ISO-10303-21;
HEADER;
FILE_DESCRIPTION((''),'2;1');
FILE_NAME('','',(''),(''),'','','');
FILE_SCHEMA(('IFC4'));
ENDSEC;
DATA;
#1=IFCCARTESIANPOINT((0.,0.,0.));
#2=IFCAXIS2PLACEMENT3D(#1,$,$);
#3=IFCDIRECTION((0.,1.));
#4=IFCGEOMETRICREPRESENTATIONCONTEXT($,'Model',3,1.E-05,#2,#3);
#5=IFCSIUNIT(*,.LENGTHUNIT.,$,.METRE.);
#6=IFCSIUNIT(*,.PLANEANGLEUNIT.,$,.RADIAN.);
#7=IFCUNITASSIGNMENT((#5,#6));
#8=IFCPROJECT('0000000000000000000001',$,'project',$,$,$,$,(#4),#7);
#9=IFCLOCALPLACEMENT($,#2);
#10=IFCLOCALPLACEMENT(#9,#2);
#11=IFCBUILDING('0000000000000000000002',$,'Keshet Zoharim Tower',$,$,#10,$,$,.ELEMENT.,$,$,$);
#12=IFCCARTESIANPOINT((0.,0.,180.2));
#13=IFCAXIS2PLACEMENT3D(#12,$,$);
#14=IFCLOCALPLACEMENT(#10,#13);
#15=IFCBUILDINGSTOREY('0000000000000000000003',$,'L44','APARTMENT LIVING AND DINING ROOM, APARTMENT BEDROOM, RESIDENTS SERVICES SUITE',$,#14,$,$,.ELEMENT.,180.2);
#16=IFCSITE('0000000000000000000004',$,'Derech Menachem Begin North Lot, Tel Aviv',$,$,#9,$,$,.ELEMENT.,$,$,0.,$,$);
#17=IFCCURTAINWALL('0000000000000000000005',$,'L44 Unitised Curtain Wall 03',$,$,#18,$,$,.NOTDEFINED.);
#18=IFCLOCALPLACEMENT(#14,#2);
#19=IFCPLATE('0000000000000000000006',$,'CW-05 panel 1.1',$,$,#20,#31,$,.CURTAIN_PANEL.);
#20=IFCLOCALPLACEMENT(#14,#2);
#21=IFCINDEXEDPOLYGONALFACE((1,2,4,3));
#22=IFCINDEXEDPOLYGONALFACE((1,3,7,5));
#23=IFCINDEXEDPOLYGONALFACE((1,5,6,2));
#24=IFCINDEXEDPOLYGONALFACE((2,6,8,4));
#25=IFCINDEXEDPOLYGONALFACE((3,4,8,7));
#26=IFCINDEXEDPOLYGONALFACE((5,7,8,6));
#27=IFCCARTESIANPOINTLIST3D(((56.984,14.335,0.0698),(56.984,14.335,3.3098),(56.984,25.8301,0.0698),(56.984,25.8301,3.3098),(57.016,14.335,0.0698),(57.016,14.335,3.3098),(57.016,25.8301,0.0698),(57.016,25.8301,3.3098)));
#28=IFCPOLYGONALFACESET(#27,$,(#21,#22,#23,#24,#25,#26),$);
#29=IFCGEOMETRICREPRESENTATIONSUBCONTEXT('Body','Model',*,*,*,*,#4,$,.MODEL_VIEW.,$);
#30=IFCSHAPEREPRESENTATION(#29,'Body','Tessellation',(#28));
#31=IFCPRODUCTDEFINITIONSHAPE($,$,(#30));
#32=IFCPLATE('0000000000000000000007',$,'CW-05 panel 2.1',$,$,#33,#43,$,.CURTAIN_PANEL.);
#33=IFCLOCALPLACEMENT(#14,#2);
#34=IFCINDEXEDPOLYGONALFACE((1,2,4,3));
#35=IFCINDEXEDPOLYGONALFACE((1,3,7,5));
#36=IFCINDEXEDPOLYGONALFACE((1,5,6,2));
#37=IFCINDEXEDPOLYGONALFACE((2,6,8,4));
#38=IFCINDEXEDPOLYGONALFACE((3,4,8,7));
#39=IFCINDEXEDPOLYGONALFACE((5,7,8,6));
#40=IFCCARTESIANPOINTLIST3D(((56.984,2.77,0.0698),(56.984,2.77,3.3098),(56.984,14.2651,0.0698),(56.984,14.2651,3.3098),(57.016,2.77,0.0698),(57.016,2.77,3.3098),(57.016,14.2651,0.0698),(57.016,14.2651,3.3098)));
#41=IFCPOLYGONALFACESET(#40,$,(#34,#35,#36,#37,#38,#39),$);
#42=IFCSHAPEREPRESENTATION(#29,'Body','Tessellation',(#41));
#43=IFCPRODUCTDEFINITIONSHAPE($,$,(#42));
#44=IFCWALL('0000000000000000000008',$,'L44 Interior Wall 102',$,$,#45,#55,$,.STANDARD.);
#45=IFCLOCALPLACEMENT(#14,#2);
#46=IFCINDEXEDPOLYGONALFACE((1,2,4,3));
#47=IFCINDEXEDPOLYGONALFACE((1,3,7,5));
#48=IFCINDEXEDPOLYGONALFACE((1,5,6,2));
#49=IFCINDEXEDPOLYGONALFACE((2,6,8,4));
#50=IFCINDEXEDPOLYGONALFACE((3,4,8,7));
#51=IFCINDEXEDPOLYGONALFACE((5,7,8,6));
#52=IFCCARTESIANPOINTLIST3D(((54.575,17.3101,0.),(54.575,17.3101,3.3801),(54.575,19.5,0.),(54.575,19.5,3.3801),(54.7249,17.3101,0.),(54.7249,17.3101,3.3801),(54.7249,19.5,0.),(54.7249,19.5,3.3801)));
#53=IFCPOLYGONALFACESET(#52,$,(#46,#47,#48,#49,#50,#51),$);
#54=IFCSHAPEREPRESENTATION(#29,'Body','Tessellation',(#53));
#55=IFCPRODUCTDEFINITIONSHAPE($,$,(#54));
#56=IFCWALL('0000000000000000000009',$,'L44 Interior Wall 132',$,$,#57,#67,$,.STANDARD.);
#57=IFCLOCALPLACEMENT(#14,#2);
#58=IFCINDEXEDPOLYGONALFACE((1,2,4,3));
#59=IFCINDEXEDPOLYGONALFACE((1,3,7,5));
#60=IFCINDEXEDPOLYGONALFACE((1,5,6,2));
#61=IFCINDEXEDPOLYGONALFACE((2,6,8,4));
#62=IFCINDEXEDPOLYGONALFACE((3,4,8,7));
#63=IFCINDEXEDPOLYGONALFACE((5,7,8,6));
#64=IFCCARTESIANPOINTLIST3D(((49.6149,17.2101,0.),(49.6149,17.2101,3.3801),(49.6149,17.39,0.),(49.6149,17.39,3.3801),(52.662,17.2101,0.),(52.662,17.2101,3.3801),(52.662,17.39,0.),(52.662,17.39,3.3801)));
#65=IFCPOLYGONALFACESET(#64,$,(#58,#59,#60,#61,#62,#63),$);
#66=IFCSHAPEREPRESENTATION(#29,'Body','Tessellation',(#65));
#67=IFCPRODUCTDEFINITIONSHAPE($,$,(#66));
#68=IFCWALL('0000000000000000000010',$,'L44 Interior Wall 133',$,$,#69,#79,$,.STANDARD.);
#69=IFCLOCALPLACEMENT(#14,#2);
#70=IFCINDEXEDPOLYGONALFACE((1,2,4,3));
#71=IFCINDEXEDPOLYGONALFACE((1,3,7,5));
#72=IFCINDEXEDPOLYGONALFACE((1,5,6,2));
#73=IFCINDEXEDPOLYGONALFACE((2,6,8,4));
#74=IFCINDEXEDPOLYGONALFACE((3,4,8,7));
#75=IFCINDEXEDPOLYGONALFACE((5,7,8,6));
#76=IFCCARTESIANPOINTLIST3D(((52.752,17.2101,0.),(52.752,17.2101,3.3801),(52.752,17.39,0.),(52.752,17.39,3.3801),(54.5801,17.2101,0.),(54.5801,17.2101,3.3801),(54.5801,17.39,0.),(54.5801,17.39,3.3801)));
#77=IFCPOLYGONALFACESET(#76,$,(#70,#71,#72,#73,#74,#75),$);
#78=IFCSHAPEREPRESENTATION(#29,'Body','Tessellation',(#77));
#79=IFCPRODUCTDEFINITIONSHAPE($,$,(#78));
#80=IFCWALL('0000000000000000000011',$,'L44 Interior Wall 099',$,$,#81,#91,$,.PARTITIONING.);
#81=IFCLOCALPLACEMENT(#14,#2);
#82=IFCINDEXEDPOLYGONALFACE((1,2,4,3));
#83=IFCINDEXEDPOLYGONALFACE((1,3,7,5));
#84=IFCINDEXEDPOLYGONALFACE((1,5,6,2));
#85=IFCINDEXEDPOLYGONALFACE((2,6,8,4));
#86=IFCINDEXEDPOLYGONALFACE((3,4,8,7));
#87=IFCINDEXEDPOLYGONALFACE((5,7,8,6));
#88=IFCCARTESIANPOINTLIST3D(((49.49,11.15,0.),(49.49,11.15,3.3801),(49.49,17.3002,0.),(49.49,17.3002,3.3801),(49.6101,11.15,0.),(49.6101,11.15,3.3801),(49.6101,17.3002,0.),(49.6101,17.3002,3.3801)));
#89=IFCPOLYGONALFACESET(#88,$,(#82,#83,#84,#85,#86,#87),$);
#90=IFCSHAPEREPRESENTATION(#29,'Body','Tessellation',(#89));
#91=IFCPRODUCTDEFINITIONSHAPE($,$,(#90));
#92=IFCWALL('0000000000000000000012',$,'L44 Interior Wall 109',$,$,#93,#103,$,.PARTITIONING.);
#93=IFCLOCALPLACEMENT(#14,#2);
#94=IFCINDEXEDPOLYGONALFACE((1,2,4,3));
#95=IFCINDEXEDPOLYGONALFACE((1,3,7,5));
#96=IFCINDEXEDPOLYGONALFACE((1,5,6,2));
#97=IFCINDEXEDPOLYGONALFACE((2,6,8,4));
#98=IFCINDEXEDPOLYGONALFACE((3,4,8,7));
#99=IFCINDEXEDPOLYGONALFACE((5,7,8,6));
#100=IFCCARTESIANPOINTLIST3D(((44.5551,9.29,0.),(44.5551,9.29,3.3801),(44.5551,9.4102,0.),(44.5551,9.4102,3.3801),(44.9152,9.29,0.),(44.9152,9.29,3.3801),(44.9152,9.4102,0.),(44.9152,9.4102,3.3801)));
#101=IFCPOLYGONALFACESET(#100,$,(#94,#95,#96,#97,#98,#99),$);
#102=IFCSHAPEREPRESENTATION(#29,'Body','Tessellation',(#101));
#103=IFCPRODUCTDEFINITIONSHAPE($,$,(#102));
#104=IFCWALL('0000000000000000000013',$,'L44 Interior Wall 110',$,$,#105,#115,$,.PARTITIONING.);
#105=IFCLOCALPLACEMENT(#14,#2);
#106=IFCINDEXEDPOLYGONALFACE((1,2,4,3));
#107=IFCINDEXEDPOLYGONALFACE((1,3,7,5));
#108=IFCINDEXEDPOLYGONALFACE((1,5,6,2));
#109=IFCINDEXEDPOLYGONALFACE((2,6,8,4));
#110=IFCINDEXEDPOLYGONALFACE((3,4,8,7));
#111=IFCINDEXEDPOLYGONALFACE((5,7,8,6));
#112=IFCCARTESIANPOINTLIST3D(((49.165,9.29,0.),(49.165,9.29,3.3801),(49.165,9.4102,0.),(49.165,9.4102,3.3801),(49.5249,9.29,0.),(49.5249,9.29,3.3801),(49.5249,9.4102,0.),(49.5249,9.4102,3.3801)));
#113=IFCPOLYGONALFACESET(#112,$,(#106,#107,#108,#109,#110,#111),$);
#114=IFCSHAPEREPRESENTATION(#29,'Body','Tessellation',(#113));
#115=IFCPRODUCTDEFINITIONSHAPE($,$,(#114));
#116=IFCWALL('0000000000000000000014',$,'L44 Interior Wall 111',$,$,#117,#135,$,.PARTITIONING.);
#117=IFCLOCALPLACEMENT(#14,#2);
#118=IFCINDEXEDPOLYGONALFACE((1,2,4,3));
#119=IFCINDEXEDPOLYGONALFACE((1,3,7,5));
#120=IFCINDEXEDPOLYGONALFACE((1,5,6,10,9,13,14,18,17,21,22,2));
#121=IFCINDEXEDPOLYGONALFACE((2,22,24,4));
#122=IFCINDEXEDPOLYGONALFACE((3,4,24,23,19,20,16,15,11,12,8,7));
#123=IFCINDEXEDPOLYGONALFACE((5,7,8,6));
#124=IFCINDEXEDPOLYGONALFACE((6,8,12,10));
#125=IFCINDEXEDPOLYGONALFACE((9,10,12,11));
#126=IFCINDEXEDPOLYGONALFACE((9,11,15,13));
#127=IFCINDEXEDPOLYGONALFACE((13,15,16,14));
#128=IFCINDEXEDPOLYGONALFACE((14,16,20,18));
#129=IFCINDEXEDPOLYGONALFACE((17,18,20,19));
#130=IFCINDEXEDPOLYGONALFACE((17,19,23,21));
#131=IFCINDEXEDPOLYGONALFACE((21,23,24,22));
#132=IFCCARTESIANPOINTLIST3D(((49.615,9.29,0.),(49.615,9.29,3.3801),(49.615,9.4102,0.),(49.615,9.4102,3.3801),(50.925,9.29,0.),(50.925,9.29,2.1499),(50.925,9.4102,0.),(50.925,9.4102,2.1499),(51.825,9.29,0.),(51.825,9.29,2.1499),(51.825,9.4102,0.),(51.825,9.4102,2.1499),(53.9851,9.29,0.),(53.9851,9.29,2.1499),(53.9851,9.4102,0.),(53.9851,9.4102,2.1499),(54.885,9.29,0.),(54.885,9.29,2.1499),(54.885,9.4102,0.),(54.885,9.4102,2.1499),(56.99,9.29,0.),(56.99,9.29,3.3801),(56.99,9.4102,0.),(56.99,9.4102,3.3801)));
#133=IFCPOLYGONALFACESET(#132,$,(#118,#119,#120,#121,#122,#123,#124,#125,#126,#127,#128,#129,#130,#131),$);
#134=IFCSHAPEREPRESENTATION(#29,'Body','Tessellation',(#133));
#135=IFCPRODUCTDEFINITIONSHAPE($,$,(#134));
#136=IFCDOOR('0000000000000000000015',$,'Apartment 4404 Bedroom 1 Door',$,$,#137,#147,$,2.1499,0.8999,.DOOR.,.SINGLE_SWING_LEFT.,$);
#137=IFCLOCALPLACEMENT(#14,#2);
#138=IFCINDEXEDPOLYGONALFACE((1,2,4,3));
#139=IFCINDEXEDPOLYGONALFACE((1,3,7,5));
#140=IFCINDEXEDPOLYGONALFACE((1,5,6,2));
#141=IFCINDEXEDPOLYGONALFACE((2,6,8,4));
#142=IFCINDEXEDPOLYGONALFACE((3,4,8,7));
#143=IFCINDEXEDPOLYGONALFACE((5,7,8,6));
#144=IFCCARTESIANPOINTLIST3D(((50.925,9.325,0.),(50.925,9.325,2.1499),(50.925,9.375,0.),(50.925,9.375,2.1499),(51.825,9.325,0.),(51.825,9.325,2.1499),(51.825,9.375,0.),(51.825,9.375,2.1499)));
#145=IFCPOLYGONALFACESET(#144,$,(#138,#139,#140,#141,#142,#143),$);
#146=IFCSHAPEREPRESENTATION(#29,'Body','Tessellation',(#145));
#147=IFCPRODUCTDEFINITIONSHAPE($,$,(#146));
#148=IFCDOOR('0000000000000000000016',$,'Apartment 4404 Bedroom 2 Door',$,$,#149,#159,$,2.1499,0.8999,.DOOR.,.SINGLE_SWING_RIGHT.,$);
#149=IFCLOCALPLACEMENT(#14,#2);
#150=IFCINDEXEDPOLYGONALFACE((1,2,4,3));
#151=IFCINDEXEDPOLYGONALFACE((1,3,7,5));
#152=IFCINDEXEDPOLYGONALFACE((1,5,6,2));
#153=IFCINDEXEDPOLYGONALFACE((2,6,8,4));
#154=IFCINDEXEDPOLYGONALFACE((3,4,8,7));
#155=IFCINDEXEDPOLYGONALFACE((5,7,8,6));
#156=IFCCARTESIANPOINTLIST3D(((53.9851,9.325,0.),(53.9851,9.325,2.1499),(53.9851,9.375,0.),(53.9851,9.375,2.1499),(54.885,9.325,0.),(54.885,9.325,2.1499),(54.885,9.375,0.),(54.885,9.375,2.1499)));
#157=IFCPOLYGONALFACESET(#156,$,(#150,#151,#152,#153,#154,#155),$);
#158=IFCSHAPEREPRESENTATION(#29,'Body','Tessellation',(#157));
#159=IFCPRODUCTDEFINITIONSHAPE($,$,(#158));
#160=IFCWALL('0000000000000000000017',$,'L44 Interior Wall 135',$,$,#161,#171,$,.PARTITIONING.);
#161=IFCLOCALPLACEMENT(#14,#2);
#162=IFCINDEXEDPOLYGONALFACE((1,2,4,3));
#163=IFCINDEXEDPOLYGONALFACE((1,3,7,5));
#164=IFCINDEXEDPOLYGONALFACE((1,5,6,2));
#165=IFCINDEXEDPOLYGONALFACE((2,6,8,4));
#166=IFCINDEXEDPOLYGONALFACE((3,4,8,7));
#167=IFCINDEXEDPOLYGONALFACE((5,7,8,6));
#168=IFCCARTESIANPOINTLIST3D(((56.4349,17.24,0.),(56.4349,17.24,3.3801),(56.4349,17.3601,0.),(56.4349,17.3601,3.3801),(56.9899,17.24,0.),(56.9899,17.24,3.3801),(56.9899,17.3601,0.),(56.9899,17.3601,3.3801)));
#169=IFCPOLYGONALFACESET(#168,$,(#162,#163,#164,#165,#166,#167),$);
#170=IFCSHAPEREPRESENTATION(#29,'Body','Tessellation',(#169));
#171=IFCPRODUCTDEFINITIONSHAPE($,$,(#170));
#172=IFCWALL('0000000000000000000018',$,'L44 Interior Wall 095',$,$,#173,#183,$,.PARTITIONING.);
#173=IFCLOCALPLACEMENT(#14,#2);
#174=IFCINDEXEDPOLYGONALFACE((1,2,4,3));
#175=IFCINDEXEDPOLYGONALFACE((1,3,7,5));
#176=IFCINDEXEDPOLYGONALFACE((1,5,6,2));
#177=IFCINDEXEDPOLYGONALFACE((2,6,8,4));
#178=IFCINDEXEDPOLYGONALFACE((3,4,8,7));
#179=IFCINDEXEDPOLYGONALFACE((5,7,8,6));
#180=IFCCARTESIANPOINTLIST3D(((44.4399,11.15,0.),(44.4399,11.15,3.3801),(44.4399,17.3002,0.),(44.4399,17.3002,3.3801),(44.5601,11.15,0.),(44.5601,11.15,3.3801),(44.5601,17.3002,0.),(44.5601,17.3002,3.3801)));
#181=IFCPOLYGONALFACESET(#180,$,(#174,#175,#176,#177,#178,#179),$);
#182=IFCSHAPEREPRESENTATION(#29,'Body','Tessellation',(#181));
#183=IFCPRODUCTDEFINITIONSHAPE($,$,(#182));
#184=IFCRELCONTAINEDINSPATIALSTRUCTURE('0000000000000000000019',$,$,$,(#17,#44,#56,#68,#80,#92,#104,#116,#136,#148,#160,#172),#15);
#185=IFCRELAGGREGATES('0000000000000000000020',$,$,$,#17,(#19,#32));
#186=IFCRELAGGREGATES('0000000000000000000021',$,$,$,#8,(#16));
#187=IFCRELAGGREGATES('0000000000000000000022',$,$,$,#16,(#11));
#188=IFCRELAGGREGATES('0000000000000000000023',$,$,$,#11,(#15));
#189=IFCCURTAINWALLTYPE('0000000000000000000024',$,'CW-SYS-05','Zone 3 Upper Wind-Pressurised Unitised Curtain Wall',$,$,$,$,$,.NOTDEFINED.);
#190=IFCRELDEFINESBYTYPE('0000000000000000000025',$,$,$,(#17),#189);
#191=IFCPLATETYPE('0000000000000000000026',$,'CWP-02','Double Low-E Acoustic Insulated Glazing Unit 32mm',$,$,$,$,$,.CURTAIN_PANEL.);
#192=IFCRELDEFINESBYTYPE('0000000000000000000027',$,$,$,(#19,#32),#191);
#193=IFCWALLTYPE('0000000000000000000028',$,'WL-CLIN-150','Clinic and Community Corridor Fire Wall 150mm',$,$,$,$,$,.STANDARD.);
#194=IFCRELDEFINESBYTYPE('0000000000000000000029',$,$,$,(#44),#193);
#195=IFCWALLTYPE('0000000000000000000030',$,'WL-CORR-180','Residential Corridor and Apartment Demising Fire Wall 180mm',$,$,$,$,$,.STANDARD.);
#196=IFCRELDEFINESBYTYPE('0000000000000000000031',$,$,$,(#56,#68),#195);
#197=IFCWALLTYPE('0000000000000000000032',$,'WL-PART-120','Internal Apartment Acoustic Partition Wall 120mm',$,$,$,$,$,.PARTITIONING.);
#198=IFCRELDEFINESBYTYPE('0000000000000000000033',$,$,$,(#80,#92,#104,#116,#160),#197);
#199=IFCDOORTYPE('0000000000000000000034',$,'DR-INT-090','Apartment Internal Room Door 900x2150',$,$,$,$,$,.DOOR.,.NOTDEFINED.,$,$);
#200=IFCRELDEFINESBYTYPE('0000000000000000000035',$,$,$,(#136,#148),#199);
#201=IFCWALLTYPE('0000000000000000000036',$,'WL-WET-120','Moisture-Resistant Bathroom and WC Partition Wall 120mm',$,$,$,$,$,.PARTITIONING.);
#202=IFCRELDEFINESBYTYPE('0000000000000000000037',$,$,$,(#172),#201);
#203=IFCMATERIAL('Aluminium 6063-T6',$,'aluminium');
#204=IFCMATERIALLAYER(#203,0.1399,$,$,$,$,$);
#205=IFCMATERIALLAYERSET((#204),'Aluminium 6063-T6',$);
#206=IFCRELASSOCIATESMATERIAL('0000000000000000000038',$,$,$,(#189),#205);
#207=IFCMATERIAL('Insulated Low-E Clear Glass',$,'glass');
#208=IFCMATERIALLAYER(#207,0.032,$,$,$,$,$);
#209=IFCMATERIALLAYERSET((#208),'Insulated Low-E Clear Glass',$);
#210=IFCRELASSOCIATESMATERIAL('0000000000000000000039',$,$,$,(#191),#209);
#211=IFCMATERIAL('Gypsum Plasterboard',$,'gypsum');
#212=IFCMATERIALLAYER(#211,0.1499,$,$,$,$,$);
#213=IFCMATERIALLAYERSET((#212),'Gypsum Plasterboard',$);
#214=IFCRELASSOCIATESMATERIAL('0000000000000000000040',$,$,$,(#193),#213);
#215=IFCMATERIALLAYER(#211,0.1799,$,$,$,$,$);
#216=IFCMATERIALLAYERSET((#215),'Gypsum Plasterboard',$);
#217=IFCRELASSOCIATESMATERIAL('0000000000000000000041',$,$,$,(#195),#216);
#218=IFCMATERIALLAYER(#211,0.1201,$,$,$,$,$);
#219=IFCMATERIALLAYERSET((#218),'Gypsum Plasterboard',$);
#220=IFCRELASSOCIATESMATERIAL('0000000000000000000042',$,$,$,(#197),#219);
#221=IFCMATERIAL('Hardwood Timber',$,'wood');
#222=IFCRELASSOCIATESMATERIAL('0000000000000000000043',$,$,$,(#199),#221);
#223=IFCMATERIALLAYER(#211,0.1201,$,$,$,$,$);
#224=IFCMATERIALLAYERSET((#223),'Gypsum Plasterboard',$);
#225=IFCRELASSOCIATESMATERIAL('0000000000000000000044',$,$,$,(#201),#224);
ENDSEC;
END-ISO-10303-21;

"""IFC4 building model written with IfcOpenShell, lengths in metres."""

from ifc_helpers import new_model, si_unit, direction, frame, frame_2d, origin, origin_2d, place, context, subcontext, project, spatial, rectangle, extrude, material, layer, layer_set, type_object, element, fill, aggregate, save


model = new_model("IFC4")

# Units and contexts
model_context = context("Model", 3, precision=1e-05, world=origin(), true_north=direction((0.0, 1.0)))
body_context = subcontext(model_context, "Body", "Model", "MODEL_VIEW")
ifc_project = project(units=[si_unit("LENGTHUNIT", "METRE"), si_unit("PLANEANGLEUNIT", "RADIAN")], contexts=[model_context])

# Site, building, storey
site_placement = place(None, origin())
site = spatial("IfcSite", under=ifc_project, at=site_placement, Name="Derech Menachem Begin North Lot, Tel Aviv", CompositionType="ELEMENT", RefElevation=0.0)
building_placement = place(site_placement, origin())
building = spatial("IfcBuilding", under=site, at=building_placement, Name="Keshet Zoharim Tower", CompositionType="ELEMENT")
storey_placement = place(building_placement, frame((0.0, 0.0, 180.2)))
storey = spatial("IfcBuildingStorey", under=building, at=storey_placement, Name="L44", Description="APARTMENT LIVING AND DINING ROOM, APARTMENT BEDROOM, RESIDENTS SERVICES SUITE", CompositionType="ELEMENT", Elevation=180.2)

# Curtain wall
ifc_material_1 = material(Name="Aluminium 6063-T6", Category="aluminium")
ifc_layer_1 = layer(ifc_material_1, 0.1399)
ifc_layer_set_1 = layer_set([ifc_layer_1], Name="Aluminium 6063-T6")
curtain_wall_type = type_object("IfcCurtainWallType", Name="CW-SYS-05", Description="Zone 3 Upper Wind-Pressurised Unitised Curtain Wall", PredefinedType="NOTDEFINED", material=ifc_layer_set_1)
curtain_wall_1_placement = place(storey_placement, origin())
curtain_wall_1 = element("IfcCurtainWall", 1, at=curtain_wall_1_placement, inside=storey, type_object=curtain_wall_type, Name="L44 Unitised Curtain Wall 03", PredefinedType="NOTDEFINED")

# Plates
ifc_material_2 = material(Name="Insulated Low-E Clear Glass", Category="glass")
ifc_layer_2 = layer(ifc_material_2, 0.032)
ifc_layer_set_2 = layer_set([ifc_layer_2], Name="Insulated Low-E Clear Glass")
plate_type = type_object("IfcPlateType", Name="CWP-02", Description="Double Low-E Acoustic Insulated Glazing Unit 32mm", PredefinedType="CURTAIN_PANEL", material=ifc_layer_set_2)
plate_1_placement = place(storey_placement, frame((57.0, 20.0825, 0.0698), z_axis=(0.0, 0.0, 1.0), x_axis=(0.0, -1.0, 0.0)))
plate_1 = element("IfcPlate", 2, at=plate_1_placement, type_object=plate_type, Name="CW-05 panel 1.1", PredefinedType="CURTAIN_PANEL", context=body_context, shape_type="SweptSolid", body=[
    extrude(rectangle(XDim=11.4951, YDim=0.032, at=origin_2d()), origin(), (0.0, 0.0, 1.0), 3.24),
])
plate_2_placement = place(storey_placement, frame((57.0, 8.5176, 0.0698), z_axis=(0.0, 0.0, 1.0), x_axis=(0.0, -1.0, 0.0)))
plate_2 = element("IfcPlate", 3, at=plate_2_placement, type_object=plate_type, Name="CW-05 panel 2.1", PredefinedType="CURTAIN_PANEL", context=body_context, shape_type="SweptSolid", body=[
    extrude(rectangle(XDim=11.4951, YDim=0.032, at=origin_2d()), origin(), (0.0, 0.0, 1.0), 3.24),
])
aggregate(curtain_wall_1, [plate_1, plate_2])

# Wall
ifc_material_3 = material(Name="Gypsum Plasterboard", Category="gypsum")
ifc_layer_3 = layer(ifc_material_3, 0.1499)
ifc_layer_set_3 = layer_set([ifc_layer_3], Name="Gypsum Plasterboard")
wall_type_1 = type_object("IfcWallType", Name="WL-CLIN-150", Description="Clinic and Community Corridor Fire Wall 150mm", PredefinedType="STANDARD", material=ifc_layer_set_3)
wall_1_placement = place(storey_placement, frame((54.6499, 17.3101, 0.0), z_axis=(0.0, 0.0, 1.0), x_axis=(0.0, 1.0, 0.0)))
element("IfcWall", 4, at=wall_1_placement, inside=storey, type_object=wall_type_1, Name="L44 Interior Wall 102", PredefinedType="STANDARD", context=body_context, shape_type="SweptSolid", body=[
    extrude(rectangle(XDim=2.1899, YDim=0.1499, at=frame_2d((1.095, 0.0))), origin(), (0.0, 0.0, 1.0), 3.3801),
])

# Shared definitions
ifc_layer_4 = layer(ifc_material_3, 0.1799)
ifc_layer_set_4 = layer_set([ifc_layer_4], Name="Gypsum Plasterboard")
wall_type_2 = type_object("IfcWallType", Name="WL-CORR-180", Description="Residential Corridor and Apartment Demising Fire Wall 180mm", PredefinedType="STANDARD", material=ifc_layer_set_4)
ifc_material_4 = material(Name="Hardwood Timber", Category="wood")

# Walls
wall_2_placement = place(storey_placement, frame((49.615, 17.3, 0.0), z_axis=(0.0, 0.0, 1.0), x_axis=(1.0, 0.0, 0.0)))
element("IfcWall", 5, at=wall_2_placement, inside=storey, type_object=wall_type_2, Name="L44 Interior Wall 132", PredefinedType="STANDARD", context=body_context, shape_type="SweptSolid", body=[
    extrude(rectangle(XDim=3.0471, YDim=0.1799, at=frame_2d((1.5234, 0.0))), origin(), (0.0, 0.0, 1.0), 3.3801),
])
wall_3_placement = place(storey_placement, frame((52.752, 17.3, 0.0), z_axis=(0.0, 0.0, 1.0), x_axis=(1.0, 0.0, 0.0)))
element("IfcWall", 6, at=wall_3_placement, inside=storey, type_object=wall_type_2, Name="L44 Interior Wall 133", PredefinedType="STANDARD", context=body_context, shape_type="SweptSolid", body=[
    extrude(rectangle(XDim=1.8281, YDim=0.1799, at=frame_2d((0.9141, 0.0))), origin(), (0.0, 0.0, 1.0), 3.3801),
])
ifc_layer_5 = layer(ifc_material_3, 0.1201)
ifc_layer_set_5 = layer_set([ifc_layer_5], Name="Gypsum Plasterboard")
wall_type_3 = type_object("IfcWallType", Name="WL-PART-120", Description="Internal Apartment Acoustic Partition Wall 120mm", PredefinedType="PARTITIONING", material=ifc_layer_set_5)
wall_4_placement = place(storey_placement, frame((49.55, 11.1499, 0.0), z_axis=(0.0, 0.0, 1.0), x_axis=(0.0, 1.0, 0.0)))
element("IfcWall", 7, at=wall_4_placement, inside=storey, type_object=wall_type_3, Name="L44 Interior Wall 099", PredefinedType="PARTITIONING", context=body_context, shape_type="SweptSolid", body=[
    extrude(rectangle(XDim=6.1501, YDim=0.1201, at=frame_2d((3.0752, 0.0))), origin(), (0.0, 0.0, 1.0), 3.3801),
])
wall_5_placement = place(storey_placement, frame((44.5549, 9.3501, 0.0), z_axis=(0.0, 0.0, 1.0), x_axis=(1.0, 0.0, 0.0)))
element("IfcWall", 8, at=wall_5_placement, inside=storey, type_object=wall_type_3, Name="L44 Interior Wall 109", PredefinedType="PARTITIONING", context=body_context, shape_type="SweptSolid", body=[
    extrude(rectangle(XDim=0.3601, YDim=0.1201, at=frame_2d((0.1802, 0.0))), origin(), (0.0, 0.0, 1.0), 3.3801),
])
wall_6_placement = place(storey_placement, frame((49.165, 9.3501, 0.0), z_axis=(0.0, 0.0, 1.0), x_axis=(1.0, 0.0, 0.0)))
element("IfcWall", 9, at=wall_6_placement, inside=storey, type_object=wall_type_3, Name="L44 Interior Wall 110", PredefinedType="PARTITIONING", context=body_context, shape_type="SweptSolid", body=[
    extrude(rectangle(XDim=0.3599, YDim=0.1201, at=frame_2d((0.1799, 0.0))), origin(), (0.0, 0.0, 1.0), 3.3801),
])

# Wall, openings, doors
wall_7_placement = place(storey_placement, frame((49.615, 9.3501, 0.0), z_axis=(0.0, 0.0, 1.0), x_axis=(1.0, 0.0, 0.0)))
wall_7 = element("IfcWall", 10, at=wall_7_placement, inside=storey, type_object=wall_type_3, Name="L44 Interior Wall 111", PredefinedType="PARTITIONING", context=body_context, shape_type="SweptSolid", body=[
    extrude(rectangle(XDim=7.375, YDim=0.1201, at=frame_2d((3.6875, 0.0))), origin(), (0.0, 0.0, 1.0), 3.3801),
])
opening_1_placement = place(wall_7_placement, frame((1.3101, 0.0, 0.0)))
opening_1 = element("IfcOpeningElement", 11, at=opening_1_placement, cuts=wall_7, PredefinedType="OPENING", context=body_context, shape_type="SweptSolid", body=[
    extrude(rectangle(XDim=0.8999, YDim=2.1499, at=frame_2d((0.45, 1.075))), frame((0.0, 0.0701, 0.0), z_axis=(0.0, -1.0, 0.0), x_axis=(1.0, 0.0, 0.0)), (0.0, 0.0, 1.0), 0.1401),
])
opening_2_placement = place(wall_7_placement, frame((4.3701, 0.0, 0.0)))
opening_2 = element("IfcOpeningElement", 12, at=opening_2_placement, cuts=wall_7, PredefinedType="OPENING", context=body_context, shape_type="SweptSolid", body=[
    extrude(rectangle(XDim=0.8999, YDim=2.1499, at=frame_2d((0.45, 1.075))), frame((0.0, 0.0701, 0.0), z_axis=(0.0, -1.0, 0.0), x_axis=(1.0, 0.0, 0.0)), (0.0, 0.0, 1.0), 0.1401),
])
door_type_1 = type_object("IfcDoorType", Name="DR-INT-090", Description="Apartment Internal Room Door 900x2150", OperationType="NOTDEFINED", PredefinedType="DOOR", material=ifc_material_4)
door_1_placement = place(opening_1_placement, origin())
door_1 = element("IfcDoor", 13, at=door_1_placement, inside=storey, type_object=door_type_1, Name="Apartment 4404 Bedroom 1 Door", OperationType="SINGLE_SWING_LEFT", OverallHeight=2.1499, OverallWidth=0.8999, PredefinedType="DOOR", context=body_context, shape_type="SweptSolid", body=[
    extrude(rectangle(XDim=0.8999, YDim=2.1499, at=frame_2d((0.45, 1.075))), frame((0.0, 0.0249, 0.0), z_axis=(0.0, -1.0, 0.0), x_axis=(1.0, 0.0, 0.0)), (0.0, 0.0, 1.0), 0.05),
])
fill(opening_1, door_1)
door_2_placement = place(opening_2_placement, origin())
door_2 = element("IfcDoor", 14, at=door_2_placement, inside=storey, type_object=door_type_1, Name="Apartment 4404 Bedroom 2 Door", OperationType="SINGLE_SWING_RIGHT", OverallHeight=2.1499, OverallWidth=0.8999, PredefinedType="DOOR", context=body_context, shape_type="SweptSolid", body=[
    extrude(rectangle(XDim=0.8999, YDim=2.1499, at=frame_2d((0.45, 1.075))), frame((0.0, 0.0249, 0.0), z_axis=(0.0, -1.0, 0.0), x_axis=(1.0, 0.0, 0.0)), (0.0, 0.0, 1.0), 0.05),
])
fill(opening_2, door_2)

# Walls
wall_8_placement = place(storey_placement, frame((56.4351, 17.3, 0.0), z_axis=(0.0, 0.0, 1.0), x_axis=(1.0, 0.0, 0.0)))
element("IfcWall", 15, at=wall_8_placement, inside=storey, type_object=wall_type_3, Name="L44 Interior Wall 135", PredefinedType="PARTITIONING", context=body_context, shape_type="SweptSolid", body=[
    extrude(rectangle(XDim=0.5549, YDim=0.1201, at=frame_2d((0.2773, 0.0))), origin(), (0.0, 0.0, 1.0), 3.3801),
])
ifc_layer_6 = layer(ifc_material_3, 0.1201)
ifc_layer_set_6 = layer_set([ifc_layer_6], Name="Gypsum Plasterboard")
wall_type_4 = type_object("IfcWallType", Name="WL-WET-120", Description="Moisture-Resistant Bathroom and WC Partition Wall 120mm", PredefinedType="PARTITIONING", material=ifc_layer_set_6)
for number, where, z_axis, x_axis, name in (
    (16, (44.5, 11.1499, 0.0), (0.0, 0.0, 1.0), (0.0, 1.0, 0.0), "L44 Interior Wall 095"),
):
    element("IfcWall", number, at=place(storey_placement, frame(where, z_axis=z_axis, x_axis=x_axis)), inside=storey, type_object=wall_type_4, Name=name, PredefinedType="PARTITIONING", context=body_context, shape_type="SweptSolid", body=[
        extrude(rectangle(XDim=6.1501, YDim=0.1201, at=frame_2d((3.0752, 0.0))), origin(), (0.0, 0.0, 1.0), 3.3801),
    ])

save(model, "model.ifc")
